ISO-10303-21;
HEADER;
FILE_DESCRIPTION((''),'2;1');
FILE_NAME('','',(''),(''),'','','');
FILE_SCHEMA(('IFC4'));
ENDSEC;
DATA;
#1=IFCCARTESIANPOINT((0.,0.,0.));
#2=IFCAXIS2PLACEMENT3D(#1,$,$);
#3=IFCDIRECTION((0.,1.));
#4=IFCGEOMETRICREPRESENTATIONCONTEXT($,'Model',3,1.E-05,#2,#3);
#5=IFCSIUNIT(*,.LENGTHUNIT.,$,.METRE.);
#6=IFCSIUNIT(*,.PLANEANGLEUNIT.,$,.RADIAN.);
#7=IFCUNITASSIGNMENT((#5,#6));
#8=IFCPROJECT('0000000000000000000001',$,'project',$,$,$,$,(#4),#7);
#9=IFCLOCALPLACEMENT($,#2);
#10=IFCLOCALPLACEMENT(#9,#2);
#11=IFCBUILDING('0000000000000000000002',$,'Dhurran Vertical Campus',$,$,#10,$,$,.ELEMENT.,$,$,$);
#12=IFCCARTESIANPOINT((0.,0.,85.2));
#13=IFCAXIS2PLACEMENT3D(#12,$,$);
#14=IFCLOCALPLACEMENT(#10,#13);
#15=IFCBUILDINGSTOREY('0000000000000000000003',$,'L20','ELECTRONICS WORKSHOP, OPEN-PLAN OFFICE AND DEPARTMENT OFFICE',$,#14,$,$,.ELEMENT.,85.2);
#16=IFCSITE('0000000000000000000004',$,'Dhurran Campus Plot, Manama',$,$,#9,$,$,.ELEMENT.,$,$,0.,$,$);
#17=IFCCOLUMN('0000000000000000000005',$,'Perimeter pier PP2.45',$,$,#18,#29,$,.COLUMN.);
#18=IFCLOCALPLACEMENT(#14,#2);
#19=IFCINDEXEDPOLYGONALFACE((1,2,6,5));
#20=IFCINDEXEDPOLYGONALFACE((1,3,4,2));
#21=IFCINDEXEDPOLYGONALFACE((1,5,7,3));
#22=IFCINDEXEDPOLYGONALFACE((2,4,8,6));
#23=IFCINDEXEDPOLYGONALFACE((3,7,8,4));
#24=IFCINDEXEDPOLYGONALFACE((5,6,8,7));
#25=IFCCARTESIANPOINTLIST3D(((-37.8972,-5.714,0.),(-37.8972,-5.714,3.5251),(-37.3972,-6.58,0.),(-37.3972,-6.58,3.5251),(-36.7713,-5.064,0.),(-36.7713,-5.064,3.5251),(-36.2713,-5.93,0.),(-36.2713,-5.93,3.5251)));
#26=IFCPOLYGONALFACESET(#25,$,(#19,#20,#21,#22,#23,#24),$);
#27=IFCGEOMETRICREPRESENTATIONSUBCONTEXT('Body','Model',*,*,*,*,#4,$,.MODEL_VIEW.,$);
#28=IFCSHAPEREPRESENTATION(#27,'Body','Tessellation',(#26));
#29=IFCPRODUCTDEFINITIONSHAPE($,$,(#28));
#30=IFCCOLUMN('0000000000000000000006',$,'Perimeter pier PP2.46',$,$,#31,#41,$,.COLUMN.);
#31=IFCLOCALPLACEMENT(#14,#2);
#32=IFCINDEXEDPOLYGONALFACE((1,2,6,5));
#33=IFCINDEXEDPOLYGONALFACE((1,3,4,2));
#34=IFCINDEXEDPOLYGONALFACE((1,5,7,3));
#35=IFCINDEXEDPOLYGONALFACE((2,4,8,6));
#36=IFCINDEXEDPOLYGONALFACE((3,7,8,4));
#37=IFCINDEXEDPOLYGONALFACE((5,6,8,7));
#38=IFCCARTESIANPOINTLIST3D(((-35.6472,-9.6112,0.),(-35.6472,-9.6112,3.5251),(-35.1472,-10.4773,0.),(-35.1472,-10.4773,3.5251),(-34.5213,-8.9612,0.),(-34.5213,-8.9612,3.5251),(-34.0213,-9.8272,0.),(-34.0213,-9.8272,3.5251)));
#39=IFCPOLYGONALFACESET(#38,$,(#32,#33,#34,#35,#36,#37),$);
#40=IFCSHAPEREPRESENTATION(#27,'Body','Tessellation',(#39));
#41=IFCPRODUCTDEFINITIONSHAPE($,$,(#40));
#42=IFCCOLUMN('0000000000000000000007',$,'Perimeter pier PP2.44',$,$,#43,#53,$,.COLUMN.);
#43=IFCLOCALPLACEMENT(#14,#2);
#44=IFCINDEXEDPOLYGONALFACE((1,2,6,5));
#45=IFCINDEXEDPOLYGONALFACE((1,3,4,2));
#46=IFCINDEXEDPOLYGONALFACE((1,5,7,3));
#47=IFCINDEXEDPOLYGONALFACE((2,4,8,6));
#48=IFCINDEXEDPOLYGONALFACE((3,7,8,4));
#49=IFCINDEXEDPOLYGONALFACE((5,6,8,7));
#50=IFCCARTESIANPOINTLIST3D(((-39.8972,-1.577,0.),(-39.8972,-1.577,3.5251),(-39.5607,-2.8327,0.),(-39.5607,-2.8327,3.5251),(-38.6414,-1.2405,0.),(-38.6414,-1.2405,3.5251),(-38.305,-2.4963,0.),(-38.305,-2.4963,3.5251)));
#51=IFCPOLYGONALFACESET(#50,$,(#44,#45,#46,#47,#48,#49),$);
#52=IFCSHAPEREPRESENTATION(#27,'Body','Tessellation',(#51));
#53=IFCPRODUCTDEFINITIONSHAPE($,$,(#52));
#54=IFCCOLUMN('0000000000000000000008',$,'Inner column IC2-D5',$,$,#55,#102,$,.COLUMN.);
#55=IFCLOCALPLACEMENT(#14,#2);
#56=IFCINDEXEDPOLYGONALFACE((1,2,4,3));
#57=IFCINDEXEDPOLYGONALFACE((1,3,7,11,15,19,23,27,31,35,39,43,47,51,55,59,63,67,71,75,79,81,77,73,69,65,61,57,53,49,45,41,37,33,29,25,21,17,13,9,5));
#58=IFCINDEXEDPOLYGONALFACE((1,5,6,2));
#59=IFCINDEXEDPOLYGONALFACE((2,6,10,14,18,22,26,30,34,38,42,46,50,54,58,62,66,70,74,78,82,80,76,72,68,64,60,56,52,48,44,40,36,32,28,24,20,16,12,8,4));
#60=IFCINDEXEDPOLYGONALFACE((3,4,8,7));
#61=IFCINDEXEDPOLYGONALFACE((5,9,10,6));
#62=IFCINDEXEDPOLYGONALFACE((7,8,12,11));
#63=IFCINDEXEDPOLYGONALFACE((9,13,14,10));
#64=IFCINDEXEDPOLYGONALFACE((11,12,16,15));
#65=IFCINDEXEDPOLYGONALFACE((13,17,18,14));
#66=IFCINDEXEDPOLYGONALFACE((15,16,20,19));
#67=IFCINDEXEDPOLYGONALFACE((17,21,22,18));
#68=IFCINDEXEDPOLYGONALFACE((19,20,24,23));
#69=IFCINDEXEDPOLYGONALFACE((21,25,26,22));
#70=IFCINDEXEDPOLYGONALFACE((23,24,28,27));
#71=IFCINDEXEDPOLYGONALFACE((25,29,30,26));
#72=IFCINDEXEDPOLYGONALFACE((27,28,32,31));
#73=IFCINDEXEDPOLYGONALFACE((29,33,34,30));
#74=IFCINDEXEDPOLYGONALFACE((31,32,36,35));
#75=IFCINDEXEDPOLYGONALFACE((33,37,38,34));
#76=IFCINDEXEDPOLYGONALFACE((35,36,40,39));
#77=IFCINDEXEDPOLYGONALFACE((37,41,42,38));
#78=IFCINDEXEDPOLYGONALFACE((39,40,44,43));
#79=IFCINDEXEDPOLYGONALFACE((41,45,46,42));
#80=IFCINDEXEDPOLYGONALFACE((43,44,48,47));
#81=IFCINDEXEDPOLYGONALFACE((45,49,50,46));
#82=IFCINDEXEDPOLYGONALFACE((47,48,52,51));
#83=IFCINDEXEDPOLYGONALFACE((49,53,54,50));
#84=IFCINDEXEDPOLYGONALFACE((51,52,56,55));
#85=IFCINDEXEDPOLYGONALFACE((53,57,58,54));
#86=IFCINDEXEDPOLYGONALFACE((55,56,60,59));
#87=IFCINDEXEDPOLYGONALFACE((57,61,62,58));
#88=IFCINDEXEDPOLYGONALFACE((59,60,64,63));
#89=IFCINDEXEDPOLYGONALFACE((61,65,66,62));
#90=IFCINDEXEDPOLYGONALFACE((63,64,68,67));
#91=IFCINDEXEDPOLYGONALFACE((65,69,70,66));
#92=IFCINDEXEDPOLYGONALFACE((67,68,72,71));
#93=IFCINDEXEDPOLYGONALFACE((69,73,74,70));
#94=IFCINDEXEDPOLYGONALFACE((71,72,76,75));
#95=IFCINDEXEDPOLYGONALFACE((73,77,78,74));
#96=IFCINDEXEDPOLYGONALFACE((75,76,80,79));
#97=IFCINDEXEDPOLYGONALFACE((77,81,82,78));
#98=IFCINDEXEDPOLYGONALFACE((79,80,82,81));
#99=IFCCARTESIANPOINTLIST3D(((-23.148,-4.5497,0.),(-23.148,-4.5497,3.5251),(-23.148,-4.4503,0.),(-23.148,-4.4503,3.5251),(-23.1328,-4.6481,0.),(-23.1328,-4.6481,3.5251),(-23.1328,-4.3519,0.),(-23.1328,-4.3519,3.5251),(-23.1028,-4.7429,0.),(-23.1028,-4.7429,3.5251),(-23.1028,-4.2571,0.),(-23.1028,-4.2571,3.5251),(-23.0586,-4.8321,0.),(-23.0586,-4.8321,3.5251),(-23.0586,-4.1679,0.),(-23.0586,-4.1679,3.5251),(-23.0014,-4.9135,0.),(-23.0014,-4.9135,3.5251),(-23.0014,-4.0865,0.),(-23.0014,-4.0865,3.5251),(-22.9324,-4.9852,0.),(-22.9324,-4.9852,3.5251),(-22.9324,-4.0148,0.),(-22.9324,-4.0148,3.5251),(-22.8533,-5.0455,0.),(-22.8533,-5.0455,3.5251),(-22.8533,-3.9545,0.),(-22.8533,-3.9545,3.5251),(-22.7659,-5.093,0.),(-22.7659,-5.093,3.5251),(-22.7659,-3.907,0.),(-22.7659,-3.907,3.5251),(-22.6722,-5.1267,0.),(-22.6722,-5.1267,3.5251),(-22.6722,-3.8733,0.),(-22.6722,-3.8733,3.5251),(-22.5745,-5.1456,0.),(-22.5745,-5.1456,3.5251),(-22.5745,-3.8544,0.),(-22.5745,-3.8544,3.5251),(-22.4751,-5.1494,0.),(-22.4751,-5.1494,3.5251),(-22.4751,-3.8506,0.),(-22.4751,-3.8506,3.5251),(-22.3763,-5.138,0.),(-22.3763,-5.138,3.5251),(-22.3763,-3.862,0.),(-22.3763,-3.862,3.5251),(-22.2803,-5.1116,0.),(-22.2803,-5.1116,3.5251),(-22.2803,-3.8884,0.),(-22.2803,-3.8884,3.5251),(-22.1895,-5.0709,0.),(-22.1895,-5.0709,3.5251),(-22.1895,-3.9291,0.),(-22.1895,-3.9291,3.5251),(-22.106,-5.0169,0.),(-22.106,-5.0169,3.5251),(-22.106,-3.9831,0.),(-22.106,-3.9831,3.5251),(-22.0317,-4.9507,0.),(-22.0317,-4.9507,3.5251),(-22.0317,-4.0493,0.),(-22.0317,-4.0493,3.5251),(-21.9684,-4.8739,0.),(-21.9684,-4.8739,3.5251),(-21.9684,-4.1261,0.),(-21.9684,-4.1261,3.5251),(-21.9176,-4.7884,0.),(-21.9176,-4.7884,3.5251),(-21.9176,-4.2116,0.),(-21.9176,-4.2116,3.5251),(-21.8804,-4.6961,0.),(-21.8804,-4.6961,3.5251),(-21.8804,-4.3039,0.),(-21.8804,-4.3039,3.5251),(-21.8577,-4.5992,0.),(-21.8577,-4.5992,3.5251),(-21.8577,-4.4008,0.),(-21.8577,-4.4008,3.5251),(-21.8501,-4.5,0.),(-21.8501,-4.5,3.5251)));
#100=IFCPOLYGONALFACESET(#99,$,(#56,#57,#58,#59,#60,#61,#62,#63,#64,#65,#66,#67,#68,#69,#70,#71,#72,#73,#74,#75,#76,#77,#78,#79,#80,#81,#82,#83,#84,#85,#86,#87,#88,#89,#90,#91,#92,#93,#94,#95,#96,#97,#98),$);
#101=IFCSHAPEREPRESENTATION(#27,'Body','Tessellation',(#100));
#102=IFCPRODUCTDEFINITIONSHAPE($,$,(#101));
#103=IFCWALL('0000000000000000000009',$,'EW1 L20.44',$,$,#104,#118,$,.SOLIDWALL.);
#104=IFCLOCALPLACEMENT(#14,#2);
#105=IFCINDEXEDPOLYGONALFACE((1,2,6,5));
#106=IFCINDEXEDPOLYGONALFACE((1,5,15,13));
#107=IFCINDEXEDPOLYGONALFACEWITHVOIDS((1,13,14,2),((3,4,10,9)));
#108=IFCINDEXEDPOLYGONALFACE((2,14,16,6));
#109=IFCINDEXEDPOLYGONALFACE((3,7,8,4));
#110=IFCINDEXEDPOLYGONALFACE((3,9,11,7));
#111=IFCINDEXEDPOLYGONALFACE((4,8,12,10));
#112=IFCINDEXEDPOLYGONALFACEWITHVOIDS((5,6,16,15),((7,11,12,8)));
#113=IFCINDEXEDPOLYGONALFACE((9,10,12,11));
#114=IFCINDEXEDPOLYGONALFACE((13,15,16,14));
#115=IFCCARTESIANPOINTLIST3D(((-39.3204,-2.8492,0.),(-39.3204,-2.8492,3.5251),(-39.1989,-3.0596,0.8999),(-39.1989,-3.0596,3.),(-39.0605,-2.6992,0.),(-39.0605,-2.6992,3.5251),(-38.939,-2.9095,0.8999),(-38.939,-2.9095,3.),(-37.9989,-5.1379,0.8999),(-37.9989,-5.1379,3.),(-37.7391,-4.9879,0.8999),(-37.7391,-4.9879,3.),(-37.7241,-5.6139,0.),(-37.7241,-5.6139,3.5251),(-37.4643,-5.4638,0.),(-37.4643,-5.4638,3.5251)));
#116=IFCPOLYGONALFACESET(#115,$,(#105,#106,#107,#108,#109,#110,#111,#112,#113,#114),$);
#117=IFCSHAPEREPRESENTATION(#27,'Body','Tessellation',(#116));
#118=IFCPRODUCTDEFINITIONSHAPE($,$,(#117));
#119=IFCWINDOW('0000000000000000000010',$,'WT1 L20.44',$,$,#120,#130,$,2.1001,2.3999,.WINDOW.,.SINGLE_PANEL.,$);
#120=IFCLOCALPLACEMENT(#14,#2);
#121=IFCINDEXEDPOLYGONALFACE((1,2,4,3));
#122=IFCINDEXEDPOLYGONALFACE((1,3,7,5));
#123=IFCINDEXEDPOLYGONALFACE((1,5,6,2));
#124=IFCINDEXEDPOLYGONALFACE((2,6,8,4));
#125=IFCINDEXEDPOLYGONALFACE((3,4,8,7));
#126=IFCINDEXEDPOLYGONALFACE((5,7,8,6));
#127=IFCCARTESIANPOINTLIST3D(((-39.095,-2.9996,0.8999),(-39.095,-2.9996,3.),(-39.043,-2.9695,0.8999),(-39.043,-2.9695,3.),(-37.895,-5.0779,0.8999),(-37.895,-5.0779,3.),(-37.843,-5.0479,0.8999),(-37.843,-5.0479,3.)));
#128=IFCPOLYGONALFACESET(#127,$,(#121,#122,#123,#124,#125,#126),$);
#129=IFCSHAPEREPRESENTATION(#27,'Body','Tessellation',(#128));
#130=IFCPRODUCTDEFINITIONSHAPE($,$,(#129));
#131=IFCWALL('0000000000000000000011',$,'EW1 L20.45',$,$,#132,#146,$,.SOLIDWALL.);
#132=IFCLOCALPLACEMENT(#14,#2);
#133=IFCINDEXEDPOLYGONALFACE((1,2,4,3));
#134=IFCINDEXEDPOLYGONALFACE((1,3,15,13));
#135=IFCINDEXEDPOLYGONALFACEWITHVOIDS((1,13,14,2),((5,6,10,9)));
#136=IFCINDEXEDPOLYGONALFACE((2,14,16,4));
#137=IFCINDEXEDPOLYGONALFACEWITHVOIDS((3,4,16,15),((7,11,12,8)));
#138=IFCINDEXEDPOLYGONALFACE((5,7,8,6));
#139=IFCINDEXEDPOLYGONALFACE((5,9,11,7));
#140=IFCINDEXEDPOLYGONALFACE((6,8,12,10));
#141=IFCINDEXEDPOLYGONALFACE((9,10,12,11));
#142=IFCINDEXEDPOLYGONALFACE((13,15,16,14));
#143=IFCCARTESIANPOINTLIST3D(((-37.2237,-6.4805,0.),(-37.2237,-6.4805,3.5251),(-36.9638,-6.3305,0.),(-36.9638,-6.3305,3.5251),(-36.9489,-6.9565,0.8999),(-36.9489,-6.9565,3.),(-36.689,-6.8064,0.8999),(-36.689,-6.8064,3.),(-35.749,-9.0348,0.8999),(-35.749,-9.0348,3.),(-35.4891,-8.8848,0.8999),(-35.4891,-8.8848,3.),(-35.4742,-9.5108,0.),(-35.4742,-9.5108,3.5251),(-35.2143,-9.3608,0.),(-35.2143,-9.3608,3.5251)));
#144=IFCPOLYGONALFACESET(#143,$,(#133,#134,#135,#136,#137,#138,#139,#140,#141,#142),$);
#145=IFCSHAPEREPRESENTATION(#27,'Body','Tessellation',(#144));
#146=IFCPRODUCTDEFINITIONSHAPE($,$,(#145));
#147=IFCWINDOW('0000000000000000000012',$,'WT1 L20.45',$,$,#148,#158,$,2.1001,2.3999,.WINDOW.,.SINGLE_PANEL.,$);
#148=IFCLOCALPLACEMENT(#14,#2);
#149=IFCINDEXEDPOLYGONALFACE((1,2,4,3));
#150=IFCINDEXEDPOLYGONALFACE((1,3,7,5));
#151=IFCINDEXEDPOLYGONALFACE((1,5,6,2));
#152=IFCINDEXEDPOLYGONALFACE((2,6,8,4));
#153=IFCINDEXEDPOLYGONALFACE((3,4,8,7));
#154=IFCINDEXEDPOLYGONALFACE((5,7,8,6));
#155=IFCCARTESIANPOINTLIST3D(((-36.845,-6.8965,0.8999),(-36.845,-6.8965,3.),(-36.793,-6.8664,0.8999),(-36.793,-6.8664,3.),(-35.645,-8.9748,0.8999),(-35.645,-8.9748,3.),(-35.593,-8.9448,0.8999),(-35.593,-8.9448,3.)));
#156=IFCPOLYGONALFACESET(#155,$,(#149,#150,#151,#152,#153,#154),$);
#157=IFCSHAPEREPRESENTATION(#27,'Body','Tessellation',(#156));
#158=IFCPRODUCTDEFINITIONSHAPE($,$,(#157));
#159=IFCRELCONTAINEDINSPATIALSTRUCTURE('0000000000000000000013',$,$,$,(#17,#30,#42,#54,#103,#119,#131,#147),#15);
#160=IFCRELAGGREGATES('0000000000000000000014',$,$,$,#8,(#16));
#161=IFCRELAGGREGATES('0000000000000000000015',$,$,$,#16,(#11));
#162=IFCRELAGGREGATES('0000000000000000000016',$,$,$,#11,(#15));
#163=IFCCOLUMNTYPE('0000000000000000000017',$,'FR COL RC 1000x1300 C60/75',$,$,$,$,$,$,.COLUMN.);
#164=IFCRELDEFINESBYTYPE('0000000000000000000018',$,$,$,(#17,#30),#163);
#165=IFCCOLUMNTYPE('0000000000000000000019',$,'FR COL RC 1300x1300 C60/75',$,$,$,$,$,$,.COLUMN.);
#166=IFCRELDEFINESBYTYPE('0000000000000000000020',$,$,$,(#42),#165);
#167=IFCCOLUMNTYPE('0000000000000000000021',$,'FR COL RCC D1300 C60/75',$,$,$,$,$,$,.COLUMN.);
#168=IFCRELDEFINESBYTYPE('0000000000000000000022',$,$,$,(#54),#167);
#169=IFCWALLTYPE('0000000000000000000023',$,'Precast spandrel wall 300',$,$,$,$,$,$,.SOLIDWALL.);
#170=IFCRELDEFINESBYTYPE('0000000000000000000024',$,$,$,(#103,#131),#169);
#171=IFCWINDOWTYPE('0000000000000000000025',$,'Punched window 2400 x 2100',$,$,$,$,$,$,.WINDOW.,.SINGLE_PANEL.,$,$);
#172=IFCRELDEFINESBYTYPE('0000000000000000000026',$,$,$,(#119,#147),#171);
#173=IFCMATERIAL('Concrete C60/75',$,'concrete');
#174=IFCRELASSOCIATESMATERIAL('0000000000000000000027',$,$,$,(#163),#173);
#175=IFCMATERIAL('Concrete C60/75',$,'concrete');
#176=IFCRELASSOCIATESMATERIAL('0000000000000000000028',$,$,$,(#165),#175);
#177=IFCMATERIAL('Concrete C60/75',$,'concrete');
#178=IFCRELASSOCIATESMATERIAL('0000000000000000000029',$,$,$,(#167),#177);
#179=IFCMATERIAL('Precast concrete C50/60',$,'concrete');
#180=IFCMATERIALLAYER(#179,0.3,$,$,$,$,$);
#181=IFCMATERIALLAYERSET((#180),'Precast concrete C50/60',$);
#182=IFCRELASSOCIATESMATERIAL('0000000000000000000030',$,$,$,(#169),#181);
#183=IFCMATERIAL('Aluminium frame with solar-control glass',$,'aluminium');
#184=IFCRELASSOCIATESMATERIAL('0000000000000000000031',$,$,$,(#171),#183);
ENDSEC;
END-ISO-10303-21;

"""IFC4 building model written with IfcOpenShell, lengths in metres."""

from ifc_helpers import new_model, si_unit, direction, frame, frame_2d, origin, origin_2d, place, context, subcontext, project, spatial, rectangle, circle, extrude, material, layer, layer_set, material_profile, profile_set, type_object, element, fill, save


model = new_model("IFC4")

# Units and contexts
model_context = context("Model", 3, precision=1e-05, world=origin(), true_north=direction((0.0, 1.0)))
body_context = subcontext(model_context, "Body", "Model", "MODEL_VIEW")
ifc_project = project(units=[si_unit("LENGTHUNIT", "METRE"), si_unit("PLANEANGLEUNIT", "RADIAN")], contexts=[model_context])

# Site, building, storey
site_placement = place(None, origin())
site = spatial("IfcSite", under=ifc_project, at=site_placement, Name="Dhurran Campus Plot, Manama", CompositionType="ELEMENT", RefElevation=0.0)
building_placement = place(site_placement, origin())
building = spatial("IfcBuilding", under=site, at=building_placement, Name="Dhurran Vertical Campus", CompositionType="ELEMENT")
storey_placement = place(building_placement, frame((0.0, 0.0, 85.2)))
storey = spatial("IfcBuildingStorey", under=building, at=storey_placement, Name="L20", Description="ELECTRONICS WORKSHOP, OPEN-PLAN OFFICE AND DEPARTMENT OFFICE", CompositionType="ELEMENT", Elevation=85.2)

# Columns
ifc_material_1 = material(Name="Concrete C60/75", Category="concrete")
ifc_material_profile_1 = material_profile(ifc_material_1, rectangle(XDim=1.0, YDim=1.3, at=origin_2d()), Name="RC 1000x1300")
ifc_profile_set_1 = profile_set([ifc_material_profile_1], Name="Concrete C60/75")
column_type_1 = type_object("IfcColumnType", Name="FR COL RC 1000x1300 C60/75", PredefinedType="COLUMN", material=ifc_profile_set_1)
for number, where, z_axis, x_axis, name in (
    (1, (-37.0842, -5.822, 0.0), (0.0, 0.0, 1.0), (0.5, -0.866025, 0.0), "Perimeter pier PP2.45"),
    (2, (-34.8342, -9.7192, 0.0), (0.0, 0.0, 1.0), (0.5, -0.866025, 0.0), "Perimeter pier PP2.46"),
):
    element("IfcColumn", number, at=place(storey_placement, frame(where, z_axis=z_axis, x_axis=x_axis)), inside=storey, type_object=column_type_1, Name=name, PredefinedType="COLUMN", context=body_context, shape_type="SweptSolid", body=[
        extrude(rectangle(XDim=1.0, YDim=1.3, at=origin_2d()), origin(), (0.0, 0.0, 1.0), 3.5251),
    ])
ifc_material_2 = material(Name="Concrete C60/75", Category="concrete")
ifc_material_profile_2 = material_profile(ifc_material_2, rectangle(XDim=1.3, YDim=1.3, at=origin_2d()), Name="RC 1300x1300")
ifc_profile_set_2 = profile_set([ifc_material_profile_2], Name="Concrete C60/75")
column_type_2 = type_object("IfcColumnType", Name="FR COL RC 1300x1300 C60/75", PredefinedType="COLUMN", material=ifc_profile_set_2)
column_1_placement = place(storey_placement, frame((-39.1011, -2.0366, 0.0), z_axis=(0.0, 0.0, 1.0), x_axis=(0.258819, -0.965926, 0.0)))
element("IfcColumn", 3, at=column_1_placement, inside=storey, type_object=column_type_2, Name="Perimeter pier PP2.44", PredefinedType="COLUMN", context=body_context, shape_type="SweptSolid", body=[
    extrude(rectangle(XDim=1.3, YDim=1.3, at=origin_2d()), origin(), (0.0, 0.0, 1.0), 3.5251),
])
ifc_material_3 = material(Name="Concrete C60/75", Category="concrete")
ifc_material_profile_3 = material_profile(ifc_material_3, circle(Radius=0.6499, at=origin_2d()), Name="RCC D1300")
ifc_profile_set_3 = profile_set([ifc_material_profile_3], Name="Concrete C60/75")
column_type_3 = type_object("IfcColumnType", Name="FR COL RCC D1300 C60/75", PredefinedType="COLUMN", material=ifc_profile_set_3)
column_2_placement = place(storey_placement, frame((-22.5, -4.5, 0.0), z_axis=(0.0, 0.0, 1.0), x_axis=(1.0, 0.0, 0.0)))
element("IfcColumn", 4, at=column_2_placement, inside=storey, type_object=column_type_3, Name="Inner column IC2-D5", PredefinedType="COLUMN", context=body_context, shape_type="SweptSolid", body=[
    extrude(circle(Radius=0.6499, at=origin_2d()), origin(), (0.0, 0.0, 1.0), 3.5251),
])

# Walls, openings, windows
ifc_material_4 = material(Name="Precast concrete C50/60", Category="concrete")
ifc_layer_1 = layer(ifc_material_4, 0.3)
ifc_layer_set_1 = layer_set([ifc_layer_1], Name="Precast concrete C50/60")
wall_type_1 = type_object("IfcWallType", Name="Precast spandrel wall 300", PredefinedType="SOLIDWALL", material=ifc_layer_set_1)
wall_1_placement = place(storey_placement, frame((-39.1904, -2.7742, 0.0), z_axis=(0.0, 0.0, 1.0), x_axis=(0.500005, -0.866023, 0.0)))
wall_1 = element("IfcWall", 5, at=wall_1_placement, inside=storey, type_object=wall_type_1, Name="EW1 L20.44", PredefinedType="SOLIDWALL", context=body_context, shape_type="SweptSolid", body=[
    extrude(rectangle(XDim=3.1924, YDim=0.3, at=frame_2d((1.5962, 0.0))), origin(), (0.0, 0.0, 1.0), 3.5251),
])
opening_1_placement = place(wall_1_placement, frame((0.2429, 0.0, 0.8999)))
opening_1 = element("IfcOpeningElement", 6, at=opening_1_placement, cuts=wall_1, PredefinedType="OPENING", context=body_context, shape_type="SweptSolid", body=[
    extrude(rectangle(XDim=2.3999, YDim=2.1001, at=frame_2d((1.2, 1.05))), frame((0.0, 0.1599, 0.0), z_axis=(0.0, -1.0, 0.0), x_axis=(1.0, 0.0, 0.0)), (0.0, 0.0, 1.0), 0.3201),
])
ifc_material_5 = material(Name="Aluminium frame with solar-control glass", Category="aluminium")
window_type = type_object("IfcWindowType", Name="Punched window 2400 x 2100", PartitioningType="SINGLE_PANEL", PredefinedType="WINDOW", material=ifc_material_5)
window_1_placement = place(opening_1_placement, origin())
window_1 = element("IfcWindow", 7, at=window_1_placement, inside=storey, type_object=window_type, Name="WT1 L20.44", OverallHeight=2.1001, OverallWidth=2.3999, PartitioningType="SINGLE_PANEL", PredefinedType="WINDOW", context=body_context, shape_type="SweptSolid", body=[
    extrude(rectangle(XDim=2.3999, YDim=2.1001, at=frame_2d((1.2, 1.05))), frame((0.0, 0.03, 0.0), z_axis=(0.0, -1.0, 0.0), x_axis=(1.0, 0.0, 0.0)), (0.0, 0.0, 1.0), 0.0601),
])
fill(opening_1, window_1)
wall_2_placement = place(storey_placement, frame((-37.0938, -6.4055, 0.0), z_axis=(0.0, 0.0, 1.0), x_axis=(0.499996, -0.866028, 0.0)))
wall_2 = element("IfcWall", 8, at=wall_2_placement, inside=storey, type_object=wall_type_1, Name="EW1 L20.45", PredefinedType="SOLIDWALL", context=body_context, shape_type="SweptSolid", body=[
    extrude(rectangle(XDim=3.499, YDim=0.3, at=frame_2d((1.7495, 0.0))), origin(), (0.0, 0.0, 1.0), 3.5251),
])
opening_2_placement = place(wall_2_placement, frame((0.5496, 0.0, 0.8999)))
opening_2 = element("IfcOpeningElement", 9, at=opening_2_placement, cuts=wall_2, PredefinedType="OPENING", context=body_context, shape_type="SweptSolid", body=[
    extrude(rectangle(XDim=2.3999, YDim=2.1001, at=frame_2d((1.2, 1.05))), frame((0.0, 0.1599, 0.0), z_axis=(0.0, -1.0, 0.0), x_axis=(1.0, 0.0, 0.0)), (0.0, 0.0, 1.0), 0.3201),
])
window_2_placement = place(opening_2_placement, origin())
window_2 = element("IfcWindow", 10, at=window_2_placement, inside=storey, type_object=window_type, Name="WT1 L20.45", OverallHeight=2.1001, OverallWidth=2.3999, PartitioningType="SINGLE_PANEL", PredefinedType="WINDOW", context=body_context, shape_type="SweptSolid", body=[
    extrude(rectangle(XDim=2.3999, YDim=2.1001, at=frame_2d((1.2, 1.05))), frame((0.0, 0.03, 0.0), z_axis=(0.0, -1.0, 0.0), x_axis=(1.0, 0.0, 0.0)), (0.0, 0.0, 1.0), 0.0601),
])
fill(opening_2, window_2)

save(model, "model.ifc")
